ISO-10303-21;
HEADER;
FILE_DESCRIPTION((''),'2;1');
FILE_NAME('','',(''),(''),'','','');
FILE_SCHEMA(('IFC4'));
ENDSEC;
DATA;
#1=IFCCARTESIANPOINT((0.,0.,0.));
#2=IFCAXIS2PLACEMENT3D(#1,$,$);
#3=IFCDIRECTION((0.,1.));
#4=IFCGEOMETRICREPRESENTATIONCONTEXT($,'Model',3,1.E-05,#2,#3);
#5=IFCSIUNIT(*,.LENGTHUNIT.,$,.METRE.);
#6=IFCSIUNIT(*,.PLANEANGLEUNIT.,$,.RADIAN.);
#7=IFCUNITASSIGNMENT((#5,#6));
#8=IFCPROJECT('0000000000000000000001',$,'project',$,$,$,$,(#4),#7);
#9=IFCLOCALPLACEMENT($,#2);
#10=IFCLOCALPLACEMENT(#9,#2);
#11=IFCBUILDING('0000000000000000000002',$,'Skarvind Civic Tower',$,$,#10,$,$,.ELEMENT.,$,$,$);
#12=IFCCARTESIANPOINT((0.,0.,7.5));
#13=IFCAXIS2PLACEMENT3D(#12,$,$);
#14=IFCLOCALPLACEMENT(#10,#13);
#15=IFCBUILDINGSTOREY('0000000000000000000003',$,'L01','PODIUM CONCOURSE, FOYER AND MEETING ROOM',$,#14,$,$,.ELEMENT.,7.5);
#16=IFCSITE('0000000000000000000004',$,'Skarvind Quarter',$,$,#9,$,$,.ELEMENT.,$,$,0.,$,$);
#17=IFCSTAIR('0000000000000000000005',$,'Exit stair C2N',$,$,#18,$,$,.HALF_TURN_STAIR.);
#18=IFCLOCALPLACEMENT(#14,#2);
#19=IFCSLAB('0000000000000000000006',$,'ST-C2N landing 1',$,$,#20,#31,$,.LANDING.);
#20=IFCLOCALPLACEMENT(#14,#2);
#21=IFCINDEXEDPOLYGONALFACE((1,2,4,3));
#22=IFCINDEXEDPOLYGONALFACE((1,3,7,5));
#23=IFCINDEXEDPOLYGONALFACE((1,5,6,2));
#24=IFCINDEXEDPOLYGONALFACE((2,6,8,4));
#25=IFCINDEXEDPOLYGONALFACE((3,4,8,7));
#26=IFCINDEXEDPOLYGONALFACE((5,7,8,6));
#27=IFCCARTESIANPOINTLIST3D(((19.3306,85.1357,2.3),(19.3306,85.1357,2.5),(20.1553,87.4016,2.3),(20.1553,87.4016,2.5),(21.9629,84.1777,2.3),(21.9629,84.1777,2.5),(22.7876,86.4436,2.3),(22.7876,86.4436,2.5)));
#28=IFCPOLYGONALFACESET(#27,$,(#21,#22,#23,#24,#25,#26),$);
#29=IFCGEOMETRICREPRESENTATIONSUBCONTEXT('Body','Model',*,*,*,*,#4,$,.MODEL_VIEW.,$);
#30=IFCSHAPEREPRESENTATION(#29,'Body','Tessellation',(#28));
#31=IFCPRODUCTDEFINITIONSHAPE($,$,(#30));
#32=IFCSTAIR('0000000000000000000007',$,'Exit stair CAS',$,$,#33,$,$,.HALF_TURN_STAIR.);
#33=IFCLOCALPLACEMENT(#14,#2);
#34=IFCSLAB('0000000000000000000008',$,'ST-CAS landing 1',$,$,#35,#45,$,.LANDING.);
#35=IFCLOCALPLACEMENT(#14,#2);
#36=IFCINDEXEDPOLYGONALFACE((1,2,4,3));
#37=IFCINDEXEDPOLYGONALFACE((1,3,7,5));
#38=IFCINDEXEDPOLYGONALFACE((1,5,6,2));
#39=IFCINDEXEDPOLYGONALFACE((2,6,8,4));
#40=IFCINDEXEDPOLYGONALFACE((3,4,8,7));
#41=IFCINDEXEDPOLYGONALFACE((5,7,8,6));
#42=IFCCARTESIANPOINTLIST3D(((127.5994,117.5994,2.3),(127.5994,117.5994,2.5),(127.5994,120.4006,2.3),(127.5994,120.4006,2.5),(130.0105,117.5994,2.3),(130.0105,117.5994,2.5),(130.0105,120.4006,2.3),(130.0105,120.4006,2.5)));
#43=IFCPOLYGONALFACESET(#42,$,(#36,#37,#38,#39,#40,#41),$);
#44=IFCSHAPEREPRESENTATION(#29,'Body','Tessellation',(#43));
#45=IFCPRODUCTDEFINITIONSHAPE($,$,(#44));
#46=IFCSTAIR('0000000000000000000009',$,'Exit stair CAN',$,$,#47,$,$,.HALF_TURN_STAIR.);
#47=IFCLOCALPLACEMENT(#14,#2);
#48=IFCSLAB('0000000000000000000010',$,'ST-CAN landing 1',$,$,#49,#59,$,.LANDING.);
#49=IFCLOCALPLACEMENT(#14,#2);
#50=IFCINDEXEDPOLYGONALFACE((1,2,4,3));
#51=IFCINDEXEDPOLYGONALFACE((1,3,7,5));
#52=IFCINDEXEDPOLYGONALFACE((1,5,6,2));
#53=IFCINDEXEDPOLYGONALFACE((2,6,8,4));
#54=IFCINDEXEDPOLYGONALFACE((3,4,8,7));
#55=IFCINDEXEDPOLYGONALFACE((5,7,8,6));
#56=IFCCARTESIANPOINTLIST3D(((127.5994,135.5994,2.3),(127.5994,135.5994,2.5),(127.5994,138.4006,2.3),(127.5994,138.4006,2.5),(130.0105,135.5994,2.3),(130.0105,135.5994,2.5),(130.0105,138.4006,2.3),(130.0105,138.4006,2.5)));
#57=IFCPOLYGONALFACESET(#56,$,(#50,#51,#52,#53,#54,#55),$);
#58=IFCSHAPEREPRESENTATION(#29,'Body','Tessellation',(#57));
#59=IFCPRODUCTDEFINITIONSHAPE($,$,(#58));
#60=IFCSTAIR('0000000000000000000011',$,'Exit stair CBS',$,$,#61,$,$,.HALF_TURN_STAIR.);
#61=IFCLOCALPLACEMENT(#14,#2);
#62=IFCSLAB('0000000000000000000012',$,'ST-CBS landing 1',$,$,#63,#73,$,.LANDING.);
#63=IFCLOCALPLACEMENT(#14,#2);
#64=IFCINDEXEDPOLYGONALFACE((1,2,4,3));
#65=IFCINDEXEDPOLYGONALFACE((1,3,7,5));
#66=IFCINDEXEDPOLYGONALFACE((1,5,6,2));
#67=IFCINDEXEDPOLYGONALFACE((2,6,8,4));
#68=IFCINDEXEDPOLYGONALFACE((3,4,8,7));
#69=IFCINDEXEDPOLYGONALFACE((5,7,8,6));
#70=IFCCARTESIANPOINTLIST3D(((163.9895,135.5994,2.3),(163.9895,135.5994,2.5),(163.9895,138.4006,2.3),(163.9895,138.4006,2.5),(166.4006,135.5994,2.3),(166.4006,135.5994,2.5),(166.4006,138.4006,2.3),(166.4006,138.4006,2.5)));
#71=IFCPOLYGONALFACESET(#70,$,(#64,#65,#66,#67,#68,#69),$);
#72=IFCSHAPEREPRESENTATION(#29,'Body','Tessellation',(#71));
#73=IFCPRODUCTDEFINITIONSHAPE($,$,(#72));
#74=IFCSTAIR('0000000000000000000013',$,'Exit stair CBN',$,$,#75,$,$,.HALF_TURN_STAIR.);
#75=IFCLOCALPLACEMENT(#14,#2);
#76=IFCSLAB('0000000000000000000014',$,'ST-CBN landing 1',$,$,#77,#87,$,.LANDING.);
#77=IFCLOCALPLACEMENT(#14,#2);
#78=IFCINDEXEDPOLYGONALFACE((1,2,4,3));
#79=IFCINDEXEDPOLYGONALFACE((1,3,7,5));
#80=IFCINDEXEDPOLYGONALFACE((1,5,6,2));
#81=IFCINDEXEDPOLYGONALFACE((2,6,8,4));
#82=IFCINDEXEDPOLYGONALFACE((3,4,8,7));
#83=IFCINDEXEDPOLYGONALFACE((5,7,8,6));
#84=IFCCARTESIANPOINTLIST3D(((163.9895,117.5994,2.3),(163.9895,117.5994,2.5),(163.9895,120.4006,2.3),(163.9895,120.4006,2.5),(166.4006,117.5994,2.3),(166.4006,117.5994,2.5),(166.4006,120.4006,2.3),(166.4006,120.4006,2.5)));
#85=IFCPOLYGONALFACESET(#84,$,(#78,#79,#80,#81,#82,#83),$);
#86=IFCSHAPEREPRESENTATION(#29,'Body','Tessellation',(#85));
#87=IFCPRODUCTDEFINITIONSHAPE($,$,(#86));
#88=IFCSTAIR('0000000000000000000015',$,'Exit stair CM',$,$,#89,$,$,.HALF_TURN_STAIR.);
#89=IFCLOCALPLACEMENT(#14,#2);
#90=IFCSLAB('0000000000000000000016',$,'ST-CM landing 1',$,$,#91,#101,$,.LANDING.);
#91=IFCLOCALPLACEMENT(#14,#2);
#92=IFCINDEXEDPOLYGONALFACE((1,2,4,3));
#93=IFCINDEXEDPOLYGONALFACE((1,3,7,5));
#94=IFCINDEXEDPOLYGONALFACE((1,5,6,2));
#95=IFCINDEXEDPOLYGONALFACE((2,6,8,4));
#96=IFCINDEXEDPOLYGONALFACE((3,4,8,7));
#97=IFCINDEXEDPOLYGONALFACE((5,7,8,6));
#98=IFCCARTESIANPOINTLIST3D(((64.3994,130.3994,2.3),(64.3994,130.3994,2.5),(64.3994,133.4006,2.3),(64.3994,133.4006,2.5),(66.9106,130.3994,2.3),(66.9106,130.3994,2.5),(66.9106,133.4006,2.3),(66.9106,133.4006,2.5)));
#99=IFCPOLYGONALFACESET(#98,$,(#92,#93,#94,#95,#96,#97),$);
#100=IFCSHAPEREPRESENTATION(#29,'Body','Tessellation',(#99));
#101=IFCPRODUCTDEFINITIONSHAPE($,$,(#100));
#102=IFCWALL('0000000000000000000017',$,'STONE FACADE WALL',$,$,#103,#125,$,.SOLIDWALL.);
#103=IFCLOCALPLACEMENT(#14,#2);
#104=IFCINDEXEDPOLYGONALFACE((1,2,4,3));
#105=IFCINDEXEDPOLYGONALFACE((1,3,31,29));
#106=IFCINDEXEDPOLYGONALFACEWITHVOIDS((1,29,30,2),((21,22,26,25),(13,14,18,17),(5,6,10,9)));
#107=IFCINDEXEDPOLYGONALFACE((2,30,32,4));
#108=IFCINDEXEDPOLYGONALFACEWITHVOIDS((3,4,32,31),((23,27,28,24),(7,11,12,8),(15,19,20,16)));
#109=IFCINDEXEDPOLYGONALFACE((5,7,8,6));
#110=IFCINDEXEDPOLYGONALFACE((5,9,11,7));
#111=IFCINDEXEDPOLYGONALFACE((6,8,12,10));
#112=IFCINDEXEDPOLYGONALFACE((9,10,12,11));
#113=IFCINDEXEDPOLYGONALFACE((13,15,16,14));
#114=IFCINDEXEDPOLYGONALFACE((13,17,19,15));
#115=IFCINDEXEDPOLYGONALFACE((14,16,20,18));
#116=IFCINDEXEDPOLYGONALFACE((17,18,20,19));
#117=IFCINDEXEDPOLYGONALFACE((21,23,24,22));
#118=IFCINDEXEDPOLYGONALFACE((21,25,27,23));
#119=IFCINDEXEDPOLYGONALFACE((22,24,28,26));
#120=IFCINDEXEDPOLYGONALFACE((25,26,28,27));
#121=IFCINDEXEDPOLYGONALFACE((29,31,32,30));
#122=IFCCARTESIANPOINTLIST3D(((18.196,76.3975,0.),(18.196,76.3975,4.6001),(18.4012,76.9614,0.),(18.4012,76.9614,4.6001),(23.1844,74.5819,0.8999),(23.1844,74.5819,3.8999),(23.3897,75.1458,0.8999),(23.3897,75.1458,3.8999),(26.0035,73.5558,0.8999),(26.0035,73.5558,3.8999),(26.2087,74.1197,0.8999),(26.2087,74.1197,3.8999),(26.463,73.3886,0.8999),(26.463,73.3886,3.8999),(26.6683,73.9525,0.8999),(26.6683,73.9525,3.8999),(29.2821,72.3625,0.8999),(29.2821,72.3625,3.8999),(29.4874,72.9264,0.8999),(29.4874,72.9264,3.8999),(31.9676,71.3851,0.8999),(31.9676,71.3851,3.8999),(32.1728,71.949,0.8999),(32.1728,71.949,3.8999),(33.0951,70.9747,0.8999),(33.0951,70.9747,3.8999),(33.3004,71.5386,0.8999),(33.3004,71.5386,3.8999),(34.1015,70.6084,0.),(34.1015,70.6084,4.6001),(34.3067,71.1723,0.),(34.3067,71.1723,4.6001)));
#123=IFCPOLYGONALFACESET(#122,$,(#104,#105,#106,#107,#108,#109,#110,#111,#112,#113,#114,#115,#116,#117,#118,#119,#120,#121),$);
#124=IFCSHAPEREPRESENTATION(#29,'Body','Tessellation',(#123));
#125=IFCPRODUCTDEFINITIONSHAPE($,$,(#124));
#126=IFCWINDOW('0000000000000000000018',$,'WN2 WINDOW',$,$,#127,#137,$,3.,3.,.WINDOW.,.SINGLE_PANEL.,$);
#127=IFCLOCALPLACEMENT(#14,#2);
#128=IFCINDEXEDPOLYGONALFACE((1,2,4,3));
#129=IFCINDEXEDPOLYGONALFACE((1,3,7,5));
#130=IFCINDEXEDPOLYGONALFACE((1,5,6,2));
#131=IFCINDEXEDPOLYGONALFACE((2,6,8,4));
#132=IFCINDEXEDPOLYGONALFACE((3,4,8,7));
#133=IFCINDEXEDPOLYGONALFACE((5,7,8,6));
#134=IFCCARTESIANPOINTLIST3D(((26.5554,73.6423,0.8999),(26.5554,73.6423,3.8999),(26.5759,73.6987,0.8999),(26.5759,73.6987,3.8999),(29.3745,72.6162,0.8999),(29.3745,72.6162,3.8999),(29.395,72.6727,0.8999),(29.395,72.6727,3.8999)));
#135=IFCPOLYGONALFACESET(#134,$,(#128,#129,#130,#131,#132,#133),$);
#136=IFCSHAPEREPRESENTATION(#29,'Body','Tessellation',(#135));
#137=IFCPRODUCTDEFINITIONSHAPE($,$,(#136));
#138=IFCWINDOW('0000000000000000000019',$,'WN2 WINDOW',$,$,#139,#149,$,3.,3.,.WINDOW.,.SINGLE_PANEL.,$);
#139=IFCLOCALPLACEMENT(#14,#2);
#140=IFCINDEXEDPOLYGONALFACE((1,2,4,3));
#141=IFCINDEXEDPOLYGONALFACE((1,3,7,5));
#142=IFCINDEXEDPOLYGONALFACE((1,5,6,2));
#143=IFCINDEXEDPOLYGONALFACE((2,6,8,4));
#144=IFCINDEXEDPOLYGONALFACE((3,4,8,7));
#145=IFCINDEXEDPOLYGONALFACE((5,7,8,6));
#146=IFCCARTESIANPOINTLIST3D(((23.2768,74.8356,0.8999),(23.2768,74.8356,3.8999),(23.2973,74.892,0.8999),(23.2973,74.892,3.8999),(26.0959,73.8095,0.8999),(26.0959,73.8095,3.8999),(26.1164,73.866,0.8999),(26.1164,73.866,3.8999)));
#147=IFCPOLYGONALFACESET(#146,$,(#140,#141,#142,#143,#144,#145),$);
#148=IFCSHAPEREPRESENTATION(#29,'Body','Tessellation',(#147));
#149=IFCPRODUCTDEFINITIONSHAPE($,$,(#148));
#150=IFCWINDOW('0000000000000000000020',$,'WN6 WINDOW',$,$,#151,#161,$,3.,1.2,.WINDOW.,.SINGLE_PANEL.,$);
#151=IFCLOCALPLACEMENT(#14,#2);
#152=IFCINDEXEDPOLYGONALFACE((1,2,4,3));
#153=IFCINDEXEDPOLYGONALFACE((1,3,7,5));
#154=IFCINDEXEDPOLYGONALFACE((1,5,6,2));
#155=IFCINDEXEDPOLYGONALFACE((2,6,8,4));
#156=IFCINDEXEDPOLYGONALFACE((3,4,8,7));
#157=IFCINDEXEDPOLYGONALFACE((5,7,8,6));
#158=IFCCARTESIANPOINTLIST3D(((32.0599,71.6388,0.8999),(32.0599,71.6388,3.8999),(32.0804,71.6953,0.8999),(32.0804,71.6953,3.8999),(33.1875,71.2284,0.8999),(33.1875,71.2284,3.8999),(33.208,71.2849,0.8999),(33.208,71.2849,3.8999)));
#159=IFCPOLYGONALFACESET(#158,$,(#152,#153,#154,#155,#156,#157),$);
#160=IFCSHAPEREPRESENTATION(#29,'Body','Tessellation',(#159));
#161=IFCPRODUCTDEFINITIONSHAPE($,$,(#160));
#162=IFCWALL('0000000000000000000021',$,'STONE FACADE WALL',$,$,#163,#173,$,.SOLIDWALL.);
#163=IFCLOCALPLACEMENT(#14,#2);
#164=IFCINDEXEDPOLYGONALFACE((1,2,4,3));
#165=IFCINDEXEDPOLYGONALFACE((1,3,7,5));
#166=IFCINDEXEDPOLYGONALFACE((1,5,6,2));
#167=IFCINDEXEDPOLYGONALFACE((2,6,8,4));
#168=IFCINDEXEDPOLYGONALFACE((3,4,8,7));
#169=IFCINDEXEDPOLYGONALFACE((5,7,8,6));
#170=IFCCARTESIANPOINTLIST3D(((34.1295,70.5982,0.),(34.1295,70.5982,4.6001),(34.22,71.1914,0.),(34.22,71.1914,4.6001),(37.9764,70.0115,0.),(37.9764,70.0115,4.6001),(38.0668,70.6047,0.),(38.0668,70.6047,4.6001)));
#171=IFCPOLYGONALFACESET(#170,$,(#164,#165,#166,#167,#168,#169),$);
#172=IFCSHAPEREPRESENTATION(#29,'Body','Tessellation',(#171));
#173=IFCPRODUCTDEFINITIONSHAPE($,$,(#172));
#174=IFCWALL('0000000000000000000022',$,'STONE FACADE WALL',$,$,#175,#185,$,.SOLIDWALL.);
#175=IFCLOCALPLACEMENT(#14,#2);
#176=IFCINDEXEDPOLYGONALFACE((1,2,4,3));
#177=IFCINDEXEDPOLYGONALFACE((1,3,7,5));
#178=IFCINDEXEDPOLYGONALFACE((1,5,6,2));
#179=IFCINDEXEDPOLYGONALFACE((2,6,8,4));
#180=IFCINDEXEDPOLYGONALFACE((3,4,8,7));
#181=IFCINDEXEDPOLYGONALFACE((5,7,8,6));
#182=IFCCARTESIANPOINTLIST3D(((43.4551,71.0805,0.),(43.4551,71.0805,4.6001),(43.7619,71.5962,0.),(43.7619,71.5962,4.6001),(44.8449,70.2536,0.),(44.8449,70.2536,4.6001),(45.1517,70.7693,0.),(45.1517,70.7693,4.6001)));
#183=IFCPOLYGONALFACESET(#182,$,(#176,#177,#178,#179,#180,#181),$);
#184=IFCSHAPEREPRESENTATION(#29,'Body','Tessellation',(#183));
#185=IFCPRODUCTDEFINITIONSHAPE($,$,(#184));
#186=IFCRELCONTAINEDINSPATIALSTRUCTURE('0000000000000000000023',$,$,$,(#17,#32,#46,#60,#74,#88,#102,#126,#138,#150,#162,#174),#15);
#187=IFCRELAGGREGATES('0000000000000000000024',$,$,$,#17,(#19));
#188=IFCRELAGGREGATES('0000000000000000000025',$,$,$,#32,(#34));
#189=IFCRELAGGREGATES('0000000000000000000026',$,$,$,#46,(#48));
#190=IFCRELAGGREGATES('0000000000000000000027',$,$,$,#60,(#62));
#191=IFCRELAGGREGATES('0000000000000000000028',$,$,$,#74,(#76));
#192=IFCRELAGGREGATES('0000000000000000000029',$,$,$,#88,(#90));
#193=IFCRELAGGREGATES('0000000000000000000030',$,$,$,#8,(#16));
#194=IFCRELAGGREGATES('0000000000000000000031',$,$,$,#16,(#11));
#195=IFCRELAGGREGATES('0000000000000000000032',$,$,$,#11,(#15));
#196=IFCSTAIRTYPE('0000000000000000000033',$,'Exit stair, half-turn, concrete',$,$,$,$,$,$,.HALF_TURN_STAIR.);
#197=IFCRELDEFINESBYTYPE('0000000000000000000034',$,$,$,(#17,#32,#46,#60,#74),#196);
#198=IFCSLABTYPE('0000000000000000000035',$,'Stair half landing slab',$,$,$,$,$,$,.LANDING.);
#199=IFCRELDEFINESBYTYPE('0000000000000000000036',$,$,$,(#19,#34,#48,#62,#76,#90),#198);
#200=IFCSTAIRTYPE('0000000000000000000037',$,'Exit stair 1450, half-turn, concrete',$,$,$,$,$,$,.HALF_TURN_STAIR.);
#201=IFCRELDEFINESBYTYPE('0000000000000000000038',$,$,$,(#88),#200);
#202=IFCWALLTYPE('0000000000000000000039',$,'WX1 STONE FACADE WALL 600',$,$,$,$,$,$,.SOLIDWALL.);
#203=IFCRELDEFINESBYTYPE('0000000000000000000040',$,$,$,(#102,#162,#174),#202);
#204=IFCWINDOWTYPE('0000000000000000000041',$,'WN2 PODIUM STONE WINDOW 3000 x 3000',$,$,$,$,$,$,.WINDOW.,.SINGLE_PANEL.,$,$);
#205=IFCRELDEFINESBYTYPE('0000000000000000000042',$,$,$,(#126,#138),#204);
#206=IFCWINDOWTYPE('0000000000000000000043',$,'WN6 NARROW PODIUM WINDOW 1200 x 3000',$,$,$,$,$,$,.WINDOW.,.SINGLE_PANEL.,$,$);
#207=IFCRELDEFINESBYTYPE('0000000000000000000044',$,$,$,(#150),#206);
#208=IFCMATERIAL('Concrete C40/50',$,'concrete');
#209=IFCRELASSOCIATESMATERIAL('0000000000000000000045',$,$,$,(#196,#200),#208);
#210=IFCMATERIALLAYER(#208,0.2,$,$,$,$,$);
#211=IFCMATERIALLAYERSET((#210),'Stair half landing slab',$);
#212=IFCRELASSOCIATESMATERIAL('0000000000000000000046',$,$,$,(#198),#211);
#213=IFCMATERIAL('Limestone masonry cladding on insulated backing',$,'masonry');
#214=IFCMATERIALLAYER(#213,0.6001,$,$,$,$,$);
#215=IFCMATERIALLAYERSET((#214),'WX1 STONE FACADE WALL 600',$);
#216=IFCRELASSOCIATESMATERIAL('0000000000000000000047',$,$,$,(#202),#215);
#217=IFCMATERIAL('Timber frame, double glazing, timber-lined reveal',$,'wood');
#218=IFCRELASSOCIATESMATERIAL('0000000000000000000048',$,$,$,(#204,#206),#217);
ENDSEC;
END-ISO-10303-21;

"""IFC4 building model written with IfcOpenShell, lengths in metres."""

from ifc_helpers import new_model, si_unit, direction, frame, frame_2d, origin, place, context, subcontext, project, spatial, polyline, rectangle, outline, extrude, material, layer, layer_set, type_object, element, fill, aggregate, save


model = new_model("IFC4")

# Units and contexts
model_context = context("Model", 3, precision=1e-05, world=origin(), true_north=direction((0.0, 1.0)))
body_context = subcontext(model_context, "Body", "Model", "MODEL_VIEW")
ifc_project = project(units=[si_unit("LENGTHUNIT", "METRE"), si_unit("PLANEANGLEUNIT", "RADIAN")], contexts=[model_context])

# Site, building, storey
site_placement = place(None, origin())
site = spatial("IfcSite", under=ifc_project, at=site_placement, Name="Skarvind Quarter", CompositionType="ELEMENT", RefElevation=0.0)
building_placement = place(site_placement, origin())
building = spatial("IfcBuilding", under=site, at=building_placement, Name="Skarvind Civic Tower", CompositionType="ELEMENT")
storey_placement = place(building_placement, frame((0.0, 0.0, 7.5)))
storey = spatial("IfcBuildingStorey", under=building, at=storey_placement, Name="L01", Description="PODIUM CONCOURSE, FOYER AND MEETING ROOM", CompositionType="ELEMENT", Elevation=7.5)

# Shared definitions
ifc_material_1 = material(Name="Concrete C40/50", Category="concrete")

# Stairs, slabs
stair_type_1 = type_object("IfcStairType", Name="Exit stair, half-turn, concrete", PredefinedType="HALF_TURN_STAIR", material=ifc_material_1)
ifc_layer_1 = layer(ifc_material_1, 0.2)
ifc_layer_set_1 = layer_set([ifc_layer_1], Name="Stair half landing slab")
slab_type_1 = type_object("IfcSlabType", Name="Stair half landing slab", PredefinedType="LANDING", material=ifc_layer_set_1)
stair_1_placement = place(storey_placement, origin())
stair_1 = element("IfcStair", 1, at=stair_1_placement, inside=storey, type_object=stair_type_1, Name="Exit stair C2N", PredefinedType="HALF_TURN_STAIR")
slab_1_placement = place(storey_placement, frame((0.0, 0.0, 2.3)))
slab_1 = element("IfcSlab", 2, at=slab_1_placement, type_object=slab_type_1, Name="ST-C2N landing 1", PredefinedType="LANDING", context=body_context, shape_type="SweptSolid", body=[
    extrude(outline(polyline([(20.1553, 87.4016), (22.7876, 86.4436), (21.9629, 84.1777), (19.3306, 85.1357), (20.1553, 87.4016)])), origin(), (0.0, 0.0, 1.0), 0.2),
])
aggregate(stair_1, [slab_1])
stair_2_placement = place(storey_placement, origin())
stair_2 = element("IfcStair", 3, at=stair_2_placement, inside=storey, type_object=stair_type_1, Name="Exit stair CAS", PredefinedType="HALF_TURN_STAIR")
slab_2_placement = place(storey_placement, frame((0.0, 0.0, 2.3)))
slab_2 = element("IfcSlab", 4, at=slab_2_placement, type_object=slab_type_1, Name="ST-CAS landing 1", PredefinedType="LANDING", context=body_context, shape_type="SweptSolid", body=[
    extrude(outline(polyline([(130.0105, 120.4006), (130.0105, 117.5994), (127.5994, 117.5994), (127.5994, 120.4006), (130.0105, 120.4006)])), origin(), (0.0, 0.0, 1.0), 0.2),
])
aggregate(stair_2, [slab_2])
stair_3_placement = place(storey_placement, origin())
stair_3 = element("IfcStair", 5, at=stair_3_placement, inside=storey, type_object=stair_type_1, Name="Exit stair CAN", PredefinedType="HALF_TURN_STAIR")
slab_3_placement = place(storey_placement, frame((0.0, 0.0, 2.3)))
slab_3 = element("IfcSlab", 6, at=slab_3_placement, type_object=slab_type_1, Name="ST-CAN landing 1", PredefinedType="LANDING", context=body_context, shape_type="SweptSolid", body=[
    extrude(outline(polyline([(130.0105, 138.4006), (130.0105, 135.5994), (127.5994, 135.5994), (127.5994, 138.4006), (130.0105, 138.4006)])), origin(), (0.0, 0.0, 1.0), 0.2),
])
aggregate(stair_3, [slab_3])
stair_4_placement = place(storey_placement, origin())
stair_4 = element("IfcStair", 7, at=stair_4_placement, inside=storey, type_object=stair_type_1, Name="Exit stair CBS", PredefinedType="HALF_TURN_STAIR")
slab_4_placement = place(storey_placement, frame((0.0, 0.0, 2.3)))
slab_4 = element("IfcSlab", 8, at=slab_4_placement, type_object=slab_type_1, Name="ST-CBS landing 1", PredefinedType="LANDING", context=body_context, shape_type="SweptSolid", body=[
    extrude(outline(polyline([(163.9895, 135.5994), (163.9895, 138.4006), (166.4006, 138.4006), (166.4006, 135.5994), (163.9895, 135.5994)])), origin(), (0.0, 0.0, 1.0), 0.2),
])
aggregate(stair_4, [slab_4])
stair_5_placement = place(storey_placement, origin())
stair_5 = element("IfcStair", 9, at=stair_5_placement, inside=storey, type_object=stair_type_1, Name="Exit stair CBN", PredefinedType="HALF_TURN_STAIR")
slab_5_placement = place(storey_placement, frame((0.0, 0.0, 2.3)))
slab_5 = element("IfcSlab", 10, at=slab_5_placement, type_object=slab_type_1, Name="ST-CBN landing 1", PredefinedType="LANDING", context=body_context, shape_type="SweptSolid", body=[
    extrude(outline(polyline([(163.9895, 117.5994), (163.9895, 120.4006), (166.4006, 120.4006), (166.4006, 117.5994), (163.9895, 117.5994)])), origin(), (0.0, 0.0, 1.0), 0.2),
])
aggregate(stair_5, [slab_5])
stair_type_2 = type_object("IfcStairType", Name="Exit stair 1450, half-turn, concrete", PredefinedType="HALF_TURN_STAIR", material=ifc_material_1)
stair_6_placement = place(storey_placement, origin())
stair_6 = element("IfcStair", 11, at=stair_6_placement, inside=storey, type_object=stair_type_2, Name="Exit stair CM", PredefinedType="HALF_TURN_STAIR")
slab_6_placement = place(storey_placement, frame((0.0, 0.0, 2.3)))
slab_6 = element("IfcSlab", 12, at=slab_6_placement, type_object=slab_type_1, Name="ST-CM landing 1", PredefinedType="LANDING", context=body_context, shape_type="SweptSolid", body=[
    extrude(outline(polyline([(66.9106, 133.4006), (66.9106, 130.3994), (64.3994, 130.3994), (64.3994, 133.4006), (66.9106, 133.4006)])), origin(), (0.0, 0.0, 1.0), 0.2),
])
aggregate(stair_6, [slab_6])

# Wall, openings, windows
ifc_material_2 = material(Name="Limestone masonry cladding on insulated backing", Category="masonry")
ifc_layer_2 = layer(ifc_material_2, 0.6001)
ifc_layer_set_2 = layer_set([ifc_layer_2], Name="WX1 STONE FACADE WALL 600")
wall_type = type_object("IfcWallType", Name="WX1 STONE FACADE WALL 600", PredefinedType="SOLIDWALL", material=ifc_layer_set_2)
wall_1_placement = place(storey_placement, frame((34.2041, 70.8904, 0.0), z_axis=(0.0, 0.0, 1.0), x_axis=(-0.939694, 0.342016, 0.0)))
wall_1 = element("IfcWall", 13, at=wall_1_placement, inside=storey, type_object=wall_type, Name="STONE FACADE WALL", PredefinedType="SOLIDWALL", context=body_context, shape_type="SweptSolid", body=[
    extrude(rectangle(XDim=16.9263, YDim=0.6001, at=frame_2d((8.4631, 0.0))), origin(), (0.0, 0.0, 1.0), 4.6001),
])
opening_1_placement = place(wall_1_placement, frame((1.0708, 0.0, 0.8999)))
opening_1 = element("IfcOpeningElement", 14, at=opening_1_placement, cuts=wall_1, PredefinedType="OPENING", context=body_context, shape_type="SweptSolid", body=[
    extrude(rectangle(XDim=1.2, YDim=3.0, at=frame_2d((0.6001, 1.5))), frame((0.0, 0.3101, 0.0), z_axis=(0.0, -1.0, 0.0), x_axis=(1.0, 0.0, 0.0)), (0.0, 0.0, 1.0), 0.6201),
])
opening_2_placement = place(wall_1_placement, frame((5.1287, 0.0, 0.8999)))
opening_2 = element("IfcOpeningElement", 15, at=opening_2_placement, cuts=wall_1, PredefinedType="OPENING", context=body_context, shape_type="SweptSolid", body=[
    extrude(rectangle(XDim=3.0, YDim=3.0, at=frame_2d((1.5, 1.5))), frame((0.0, 0.3101, 0.0), z_axis=(0.0, -1.0, 0.0), x_axis=(1.0, 0.0, 0.0)), (0.0, 0.0, 1.0), 0.6201),
])
opening_3_placement = place(wall_1_placement, frame((8.6177, 0.0, 0.8999)))
opening_3 = element("IfcOpeningElement", 16, at=opening_3_placement, cuts=wall_1, PredefinedType="OPENING", context=body_context, shape_type="SweptSolid", body=[
    extrude(rectangle(XDim=3.0, YDim=3.0, at=frame_2d((1.5, 1.5))), frame((0.0, 0.3101, 0.0), z_axis=(0.0, -1.0, 0.0), x_axis=(1.0, 0.0, 0.0)), (0.0, 0.0, 1.0), 0.6201),
])
ifc_material_3 = material(Name="Timber frame, double glazing, timber-lined reveal", Category="wood")
window_type_1 = type_object("IfcWindowType", Name="WN2 PODIUM STONE WINDOW 3000 x 3000", PartitioningType="SINGLE_PANEL", PredefinedType="WINDOW", material=ifc_material_3)
window_1_placement = place(opening_2_placement, origin())
window_1 = element("IfcWindow", 17, at=window_1_placement, inside=storey, type_object=window_type_1, Name="WN2 WINDOW", OverallHeight=3.0, OverallWidth=3.0, PartitioningType="SINGLE_PANEL", PredefinedType="WINDOW", context=body_context, shape_type="SweptSolid", body=[
    extrude(rectangle(XDim=3.0, YDim=3.0, at=frame_2d((1.5, 1.5))), frame((0.0, 0.03, 0.0), z_axis=(0.0, -1.0, 0.0), x_axis=(1.0, 0.0, 0.0)), (0.0, 0.0, 1.0), 0.0601),
])
fill(opening_2, window_1)
window_2_placement = place(opening_3_placement, origin())
window_2 = element("IfcWindow", 18, at=window_2_placement, inside=storey, type_object=window_type_1, Name="WN2 WINDOW", OverallHeight=3.0, OverallWidth=3.0, PartitioningType="SINGLE_PANEL", PredefinedType="WINDOW", context=body_context, shape_type="SweptSolid", body=[
    extrude(rectangle(XDim=3.0, YDim=3.0, at=frame_2d((1.5, 1.5))), frame((0.0, 0.03, 0.0), z_axis=(0.0, -1.0, 0.0), x_axis=(1.0, 0.0, 0.0)), (0.0, 0.0, 1.0), 0.0601),
])
fill(opening_3, window_2)
window_type_2 = type_object("IfcWindowType", Name="WN6 NARROW PODIUM WINDOW 1200 x 3000", PartitioningType="SINGLE_PANEL", PredefinedType="WINDOW", material=ifc_material_3)
window_3_placement = place(opening_1_placement, origin())
window_3 = element("IfcWindow", 19, at=window_3_placement, inside=storey, type_object=window_type_2, Name="WN6 WINDOW", OverallHeight=3.0, OverallWidth=1.2, PartitioningType="SINGLE_PANEL", PredefinedType="WINDOW", context=body_context, shape_type="SweptSolid", body=[
    extrude(rectangle(XDim=1.2, YDim=3.0, at=frame_2d((0.6001, 1.5))), frame((0.0, 0.03, 0.0), z_axis=(0.0, -1.0, 0.0), x_axis=(1.0, 0.0, 0.0)), (0.0, 0.0, 1.0), 0.0601),
])
fill(opening_1, window_3)

# Walls
wall_2_placement = place(storey_placement, frame((38.0217, 70.3081, 0.0), z_axis=(0.0, 0.0, 1.0), x_axis=(-0.98857, 0.150761, 0.0)))
element("IfcWall", 20, at=wall_2_placement, inside=storey, type_object=wall_type, Name="STONE FACADE WALL", PredefinedType="SOLIDWALL", context=body_context, shape_type="SweptSolid", body=[
    extrude(rectangle(XDim=3.8914, YDim=0.6001, at=frame_2d((1.9458, 0.0))), origin(), (0.0, 0.0, 1.0), 4.6001),
])
wall_3_placement = place(storey_placement, frame((44.9983, 70.5115, 0.0), z_axis=(0.0, 0.0, 1.0), x_axis=(-0.859405, 0.511295, 0.0)))
element("IfcWall", 21, at=wall_3_placement, inside=storey, type_object=wall_type, Name="STONE FACADE WALL", PredefinedType="SOLIDWALL", context=body_context, shape_type="SweptSolid", body=[
    extrude(rectangle(XDim=1.6172, YDim=0.6001, at=frame_2d((0.8086, 0.0))), origin(), (0.0, 0.0, 1.0), 4.6001),
])

save(model, "model.ifc")
